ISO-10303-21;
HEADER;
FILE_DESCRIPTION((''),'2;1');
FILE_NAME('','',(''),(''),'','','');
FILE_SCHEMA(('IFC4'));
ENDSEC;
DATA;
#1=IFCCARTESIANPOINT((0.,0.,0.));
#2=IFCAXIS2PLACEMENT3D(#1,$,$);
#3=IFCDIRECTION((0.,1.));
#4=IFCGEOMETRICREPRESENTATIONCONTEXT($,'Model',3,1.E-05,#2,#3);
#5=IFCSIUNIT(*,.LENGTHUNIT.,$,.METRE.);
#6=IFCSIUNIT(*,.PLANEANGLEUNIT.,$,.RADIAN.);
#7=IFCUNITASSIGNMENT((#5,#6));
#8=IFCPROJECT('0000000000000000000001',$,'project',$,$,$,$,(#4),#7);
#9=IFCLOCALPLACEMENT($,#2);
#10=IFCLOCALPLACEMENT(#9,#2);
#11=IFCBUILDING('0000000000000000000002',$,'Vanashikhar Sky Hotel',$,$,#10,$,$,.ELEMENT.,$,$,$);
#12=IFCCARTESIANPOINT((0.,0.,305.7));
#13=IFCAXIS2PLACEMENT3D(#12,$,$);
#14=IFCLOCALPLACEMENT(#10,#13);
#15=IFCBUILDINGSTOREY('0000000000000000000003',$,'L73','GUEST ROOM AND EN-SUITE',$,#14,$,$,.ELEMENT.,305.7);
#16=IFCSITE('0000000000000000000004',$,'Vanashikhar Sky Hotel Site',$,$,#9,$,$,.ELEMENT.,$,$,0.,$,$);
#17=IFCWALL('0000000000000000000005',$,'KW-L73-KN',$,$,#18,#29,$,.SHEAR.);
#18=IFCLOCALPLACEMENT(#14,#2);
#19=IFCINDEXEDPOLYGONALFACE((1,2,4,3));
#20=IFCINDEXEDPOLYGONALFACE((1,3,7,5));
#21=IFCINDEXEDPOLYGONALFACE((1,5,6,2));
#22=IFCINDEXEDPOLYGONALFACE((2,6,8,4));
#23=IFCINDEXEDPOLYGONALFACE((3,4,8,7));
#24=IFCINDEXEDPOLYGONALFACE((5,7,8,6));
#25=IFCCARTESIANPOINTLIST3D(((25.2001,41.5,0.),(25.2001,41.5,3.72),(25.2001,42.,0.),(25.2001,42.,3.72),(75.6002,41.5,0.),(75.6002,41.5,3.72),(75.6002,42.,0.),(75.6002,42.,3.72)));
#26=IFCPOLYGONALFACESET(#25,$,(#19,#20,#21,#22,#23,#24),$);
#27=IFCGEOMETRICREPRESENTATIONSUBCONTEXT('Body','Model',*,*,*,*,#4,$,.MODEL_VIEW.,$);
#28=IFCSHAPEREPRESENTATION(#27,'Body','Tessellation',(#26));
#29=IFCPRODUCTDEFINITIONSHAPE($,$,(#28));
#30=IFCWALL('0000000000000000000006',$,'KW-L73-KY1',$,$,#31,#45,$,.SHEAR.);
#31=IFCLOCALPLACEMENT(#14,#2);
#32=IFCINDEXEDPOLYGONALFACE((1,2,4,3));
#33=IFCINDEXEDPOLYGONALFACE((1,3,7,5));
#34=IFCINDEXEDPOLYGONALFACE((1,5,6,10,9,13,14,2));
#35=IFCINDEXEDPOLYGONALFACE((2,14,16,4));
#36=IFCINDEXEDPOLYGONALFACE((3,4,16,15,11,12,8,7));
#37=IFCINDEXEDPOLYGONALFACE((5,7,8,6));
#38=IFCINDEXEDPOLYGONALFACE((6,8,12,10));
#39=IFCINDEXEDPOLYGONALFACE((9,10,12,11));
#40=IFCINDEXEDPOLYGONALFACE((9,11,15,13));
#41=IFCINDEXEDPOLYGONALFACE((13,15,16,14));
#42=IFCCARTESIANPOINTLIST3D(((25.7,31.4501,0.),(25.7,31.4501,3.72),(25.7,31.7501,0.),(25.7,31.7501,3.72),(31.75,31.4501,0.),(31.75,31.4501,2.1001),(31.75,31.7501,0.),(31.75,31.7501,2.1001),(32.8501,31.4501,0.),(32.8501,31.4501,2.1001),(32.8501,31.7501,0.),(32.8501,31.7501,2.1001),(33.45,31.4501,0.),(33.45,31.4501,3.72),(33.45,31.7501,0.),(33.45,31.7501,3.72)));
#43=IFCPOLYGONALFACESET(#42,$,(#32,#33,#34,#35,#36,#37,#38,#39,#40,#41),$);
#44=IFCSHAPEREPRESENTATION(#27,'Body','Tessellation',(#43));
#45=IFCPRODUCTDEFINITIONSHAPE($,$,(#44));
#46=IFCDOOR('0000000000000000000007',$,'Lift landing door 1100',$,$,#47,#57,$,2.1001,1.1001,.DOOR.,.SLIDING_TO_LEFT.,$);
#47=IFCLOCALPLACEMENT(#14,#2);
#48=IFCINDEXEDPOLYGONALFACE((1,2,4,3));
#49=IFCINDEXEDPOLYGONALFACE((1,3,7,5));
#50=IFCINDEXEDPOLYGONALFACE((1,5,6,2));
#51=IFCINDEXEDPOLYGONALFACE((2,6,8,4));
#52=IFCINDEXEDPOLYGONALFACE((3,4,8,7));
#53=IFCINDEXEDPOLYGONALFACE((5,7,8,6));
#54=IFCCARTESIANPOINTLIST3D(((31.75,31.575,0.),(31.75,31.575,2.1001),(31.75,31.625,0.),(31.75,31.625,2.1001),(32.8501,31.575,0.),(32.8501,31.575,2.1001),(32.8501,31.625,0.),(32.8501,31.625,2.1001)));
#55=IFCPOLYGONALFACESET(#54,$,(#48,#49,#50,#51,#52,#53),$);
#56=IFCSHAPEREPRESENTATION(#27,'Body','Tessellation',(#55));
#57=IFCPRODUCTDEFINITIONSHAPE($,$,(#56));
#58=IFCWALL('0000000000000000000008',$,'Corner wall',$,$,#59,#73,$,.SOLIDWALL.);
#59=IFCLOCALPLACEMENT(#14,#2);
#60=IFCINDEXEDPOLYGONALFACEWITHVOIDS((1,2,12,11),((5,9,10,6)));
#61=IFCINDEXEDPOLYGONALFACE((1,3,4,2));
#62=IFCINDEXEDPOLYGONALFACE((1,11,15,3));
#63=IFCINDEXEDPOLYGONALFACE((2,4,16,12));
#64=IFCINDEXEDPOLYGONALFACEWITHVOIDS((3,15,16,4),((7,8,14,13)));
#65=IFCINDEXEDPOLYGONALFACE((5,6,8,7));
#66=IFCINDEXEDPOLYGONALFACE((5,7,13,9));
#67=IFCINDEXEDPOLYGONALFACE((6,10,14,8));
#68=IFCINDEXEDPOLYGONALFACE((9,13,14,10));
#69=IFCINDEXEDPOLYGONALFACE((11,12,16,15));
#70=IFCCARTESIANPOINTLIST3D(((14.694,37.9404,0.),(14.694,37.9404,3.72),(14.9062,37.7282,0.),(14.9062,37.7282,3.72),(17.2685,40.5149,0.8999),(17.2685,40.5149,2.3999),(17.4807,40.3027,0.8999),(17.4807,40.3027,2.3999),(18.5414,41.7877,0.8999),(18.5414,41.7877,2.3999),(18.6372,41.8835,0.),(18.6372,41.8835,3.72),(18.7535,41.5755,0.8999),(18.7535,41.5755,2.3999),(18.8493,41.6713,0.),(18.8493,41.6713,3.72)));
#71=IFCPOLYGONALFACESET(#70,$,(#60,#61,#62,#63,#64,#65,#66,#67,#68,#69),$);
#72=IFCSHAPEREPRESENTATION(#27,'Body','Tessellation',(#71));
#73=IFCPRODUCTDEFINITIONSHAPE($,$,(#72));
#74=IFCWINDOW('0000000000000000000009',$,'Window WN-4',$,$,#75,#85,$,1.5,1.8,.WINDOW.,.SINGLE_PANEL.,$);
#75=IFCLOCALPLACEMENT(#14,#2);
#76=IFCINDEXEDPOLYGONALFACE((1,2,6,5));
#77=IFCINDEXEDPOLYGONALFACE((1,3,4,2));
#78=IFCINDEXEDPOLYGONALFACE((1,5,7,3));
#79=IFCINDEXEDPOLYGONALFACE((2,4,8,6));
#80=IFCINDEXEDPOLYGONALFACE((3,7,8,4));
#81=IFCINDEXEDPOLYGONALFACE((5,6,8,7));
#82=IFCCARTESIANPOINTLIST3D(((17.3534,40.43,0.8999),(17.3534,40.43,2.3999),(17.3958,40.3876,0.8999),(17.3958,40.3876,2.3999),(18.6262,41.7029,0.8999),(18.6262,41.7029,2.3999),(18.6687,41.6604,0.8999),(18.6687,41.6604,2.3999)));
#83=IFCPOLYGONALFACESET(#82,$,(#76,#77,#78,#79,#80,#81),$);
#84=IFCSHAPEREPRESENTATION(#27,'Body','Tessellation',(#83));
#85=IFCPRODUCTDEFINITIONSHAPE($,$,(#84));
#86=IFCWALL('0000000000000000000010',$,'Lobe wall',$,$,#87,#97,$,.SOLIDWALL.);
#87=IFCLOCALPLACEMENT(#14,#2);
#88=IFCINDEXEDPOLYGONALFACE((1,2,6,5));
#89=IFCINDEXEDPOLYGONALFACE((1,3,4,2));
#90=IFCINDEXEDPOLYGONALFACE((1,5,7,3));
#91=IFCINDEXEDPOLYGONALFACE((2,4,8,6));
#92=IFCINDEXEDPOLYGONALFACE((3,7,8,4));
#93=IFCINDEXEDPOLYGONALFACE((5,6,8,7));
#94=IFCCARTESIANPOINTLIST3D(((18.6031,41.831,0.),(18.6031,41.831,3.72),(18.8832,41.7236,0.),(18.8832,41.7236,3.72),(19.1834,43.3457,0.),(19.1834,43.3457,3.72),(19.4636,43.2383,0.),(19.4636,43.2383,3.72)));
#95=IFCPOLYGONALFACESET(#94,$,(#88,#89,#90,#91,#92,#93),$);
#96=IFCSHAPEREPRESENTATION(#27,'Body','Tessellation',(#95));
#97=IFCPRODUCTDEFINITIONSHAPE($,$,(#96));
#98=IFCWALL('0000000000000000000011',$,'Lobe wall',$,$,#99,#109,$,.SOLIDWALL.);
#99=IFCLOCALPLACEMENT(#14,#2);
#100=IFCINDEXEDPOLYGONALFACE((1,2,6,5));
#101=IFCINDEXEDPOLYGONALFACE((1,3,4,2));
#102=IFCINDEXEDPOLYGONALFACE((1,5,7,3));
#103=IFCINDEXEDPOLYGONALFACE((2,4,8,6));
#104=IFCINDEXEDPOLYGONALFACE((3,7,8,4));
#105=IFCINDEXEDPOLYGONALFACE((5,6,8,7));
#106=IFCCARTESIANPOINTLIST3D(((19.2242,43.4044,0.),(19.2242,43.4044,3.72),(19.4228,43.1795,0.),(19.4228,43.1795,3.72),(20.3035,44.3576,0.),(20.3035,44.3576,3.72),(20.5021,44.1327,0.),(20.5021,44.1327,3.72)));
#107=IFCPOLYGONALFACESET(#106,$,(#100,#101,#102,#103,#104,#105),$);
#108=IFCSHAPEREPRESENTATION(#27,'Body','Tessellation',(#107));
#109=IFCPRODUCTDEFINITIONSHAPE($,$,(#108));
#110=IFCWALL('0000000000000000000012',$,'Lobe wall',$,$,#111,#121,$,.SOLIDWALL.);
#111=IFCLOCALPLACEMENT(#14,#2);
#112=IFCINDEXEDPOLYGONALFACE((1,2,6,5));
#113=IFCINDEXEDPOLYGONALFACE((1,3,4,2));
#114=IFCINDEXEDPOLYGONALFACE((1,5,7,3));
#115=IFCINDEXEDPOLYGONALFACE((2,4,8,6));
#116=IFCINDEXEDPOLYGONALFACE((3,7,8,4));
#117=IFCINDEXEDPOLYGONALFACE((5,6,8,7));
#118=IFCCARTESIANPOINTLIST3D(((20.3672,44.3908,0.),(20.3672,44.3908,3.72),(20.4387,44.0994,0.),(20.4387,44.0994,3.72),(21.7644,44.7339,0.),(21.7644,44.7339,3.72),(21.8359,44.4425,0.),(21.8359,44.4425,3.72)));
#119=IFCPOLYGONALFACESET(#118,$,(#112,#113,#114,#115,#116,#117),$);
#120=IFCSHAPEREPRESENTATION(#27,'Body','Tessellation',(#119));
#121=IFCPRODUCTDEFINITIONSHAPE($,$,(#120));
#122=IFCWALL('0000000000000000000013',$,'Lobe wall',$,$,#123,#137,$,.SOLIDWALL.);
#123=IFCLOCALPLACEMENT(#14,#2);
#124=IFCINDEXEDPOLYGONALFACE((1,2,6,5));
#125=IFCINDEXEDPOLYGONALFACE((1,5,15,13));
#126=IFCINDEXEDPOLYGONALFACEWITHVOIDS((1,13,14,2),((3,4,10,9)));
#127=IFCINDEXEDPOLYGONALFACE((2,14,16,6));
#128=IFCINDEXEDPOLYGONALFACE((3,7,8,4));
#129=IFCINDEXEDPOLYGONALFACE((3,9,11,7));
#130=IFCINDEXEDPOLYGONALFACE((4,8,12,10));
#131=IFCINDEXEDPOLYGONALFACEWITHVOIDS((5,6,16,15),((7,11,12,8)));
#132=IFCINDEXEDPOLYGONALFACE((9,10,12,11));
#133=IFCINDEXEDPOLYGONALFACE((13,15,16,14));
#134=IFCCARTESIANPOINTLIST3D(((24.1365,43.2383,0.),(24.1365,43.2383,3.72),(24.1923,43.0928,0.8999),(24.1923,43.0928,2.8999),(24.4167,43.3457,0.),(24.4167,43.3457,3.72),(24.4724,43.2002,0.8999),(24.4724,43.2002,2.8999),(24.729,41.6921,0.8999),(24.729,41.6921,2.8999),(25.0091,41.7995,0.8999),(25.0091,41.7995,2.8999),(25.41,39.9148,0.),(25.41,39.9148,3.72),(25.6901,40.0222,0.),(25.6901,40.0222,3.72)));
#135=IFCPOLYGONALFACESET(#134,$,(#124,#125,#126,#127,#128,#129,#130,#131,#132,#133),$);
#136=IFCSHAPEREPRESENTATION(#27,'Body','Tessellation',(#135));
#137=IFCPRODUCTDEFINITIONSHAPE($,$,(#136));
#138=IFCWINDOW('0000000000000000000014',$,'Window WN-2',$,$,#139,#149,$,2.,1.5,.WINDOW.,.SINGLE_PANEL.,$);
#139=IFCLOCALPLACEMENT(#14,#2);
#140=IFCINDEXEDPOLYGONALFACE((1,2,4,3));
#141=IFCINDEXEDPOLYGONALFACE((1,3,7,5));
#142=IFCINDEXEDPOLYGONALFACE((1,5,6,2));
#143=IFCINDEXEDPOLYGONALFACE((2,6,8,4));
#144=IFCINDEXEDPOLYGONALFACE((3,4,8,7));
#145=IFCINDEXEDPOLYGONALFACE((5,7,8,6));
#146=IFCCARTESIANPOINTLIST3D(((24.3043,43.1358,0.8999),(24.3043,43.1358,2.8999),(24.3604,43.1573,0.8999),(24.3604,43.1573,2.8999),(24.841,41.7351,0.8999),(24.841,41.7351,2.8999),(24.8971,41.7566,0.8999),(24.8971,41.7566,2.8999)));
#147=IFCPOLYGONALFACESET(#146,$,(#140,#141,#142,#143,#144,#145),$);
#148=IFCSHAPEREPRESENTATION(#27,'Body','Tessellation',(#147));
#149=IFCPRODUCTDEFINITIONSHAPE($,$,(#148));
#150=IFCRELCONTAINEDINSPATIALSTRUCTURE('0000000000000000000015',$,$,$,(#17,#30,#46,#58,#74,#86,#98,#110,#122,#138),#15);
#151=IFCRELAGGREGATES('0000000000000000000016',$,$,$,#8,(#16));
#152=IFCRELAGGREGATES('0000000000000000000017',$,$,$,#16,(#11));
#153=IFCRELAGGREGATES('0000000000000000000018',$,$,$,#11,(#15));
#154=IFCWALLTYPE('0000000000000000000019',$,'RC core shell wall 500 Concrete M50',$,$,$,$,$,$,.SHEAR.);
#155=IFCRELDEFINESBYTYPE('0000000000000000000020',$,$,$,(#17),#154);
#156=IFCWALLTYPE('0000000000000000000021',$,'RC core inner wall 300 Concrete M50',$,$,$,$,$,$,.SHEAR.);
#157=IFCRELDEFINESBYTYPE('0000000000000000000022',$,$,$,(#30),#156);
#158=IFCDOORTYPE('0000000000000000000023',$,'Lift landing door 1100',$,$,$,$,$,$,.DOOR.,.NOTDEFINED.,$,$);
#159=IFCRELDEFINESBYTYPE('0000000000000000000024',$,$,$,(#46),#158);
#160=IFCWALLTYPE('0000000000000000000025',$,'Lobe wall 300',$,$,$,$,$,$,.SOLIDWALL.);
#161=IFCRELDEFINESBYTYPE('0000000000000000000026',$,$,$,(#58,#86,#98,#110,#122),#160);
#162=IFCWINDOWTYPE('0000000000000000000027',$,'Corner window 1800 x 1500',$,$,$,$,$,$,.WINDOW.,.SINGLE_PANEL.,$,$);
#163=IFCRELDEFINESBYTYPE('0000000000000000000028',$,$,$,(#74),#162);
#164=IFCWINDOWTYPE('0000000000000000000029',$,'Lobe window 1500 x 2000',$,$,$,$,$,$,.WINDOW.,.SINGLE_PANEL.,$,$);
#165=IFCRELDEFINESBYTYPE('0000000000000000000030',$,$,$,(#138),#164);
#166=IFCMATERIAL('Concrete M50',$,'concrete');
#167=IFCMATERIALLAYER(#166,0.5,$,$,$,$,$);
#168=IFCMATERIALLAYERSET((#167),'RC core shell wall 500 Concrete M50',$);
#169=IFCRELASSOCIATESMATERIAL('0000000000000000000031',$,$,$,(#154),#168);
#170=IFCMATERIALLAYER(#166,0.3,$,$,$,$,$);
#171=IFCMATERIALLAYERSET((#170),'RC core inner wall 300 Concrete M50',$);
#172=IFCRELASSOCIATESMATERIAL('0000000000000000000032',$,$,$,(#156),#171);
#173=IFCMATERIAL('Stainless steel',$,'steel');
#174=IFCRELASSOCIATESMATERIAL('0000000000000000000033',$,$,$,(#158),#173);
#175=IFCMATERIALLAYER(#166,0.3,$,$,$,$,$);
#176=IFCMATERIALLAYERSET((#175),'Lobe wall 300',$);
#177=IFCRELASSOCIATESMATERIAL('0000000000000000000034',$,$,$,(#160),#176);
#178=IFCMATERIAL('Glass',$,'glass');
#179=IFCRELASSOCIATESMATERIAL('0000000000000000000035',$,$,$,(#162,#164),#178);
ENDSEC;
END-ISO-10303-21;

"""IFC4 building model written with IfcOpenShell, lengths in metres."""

from ifc_helpers import new_model, si_unit, direction, frame, frame_2d, origin, place, context, subcontext, project, spatial, rectangle, extrude, source, transform, mapped, material, layer, layer_set, type_object, element, fill, save


model = new_model("IFC4")

# Units and contexts
model_context = context("Model", 3, precision=1e-05, world=origin(), true_north=direction((0.0, 1.0)))
body_context = subcontext(model_context, "Body", "Model", "MODEL_VIEW")
ifc_project = project(units=[si_unit("LENGTHUNIT", "METRE"), si_unit("PLANEANGLEUNIT", "RADIAN")], contexts=[model_context])

# Site, building, storey
site_placement = place(None, origin())
site = spatial("IfcSite", under=ifc_project, at=site_placement, Name="Vanashikhar Sky Hotel Site", CompositionType="ELEMENT", RefElevation=0.0)
building_placement = place(site_placement, origin())
building = spatial("IfcBuilding", under=site, at=building_placement, Name="Vanashikhar Sky Hotel", CompositionType="ELEMENT")
storey_placement = place(building_placement, frame((0.0, 0.0, 305.7)))
storey = spatial("IfcBuildingStorey", under=building, at=storey_placement, Name="L73", Description="GUEST ROOM AND EN-SUITE", CompositionType="ELEMENT", Elevation=305.7)

# Wall
ifc_material_1 = material(Name="Concrete M50", Category="concrete")
ifc_layer_1 = layer(ifc_material_1, 0.5)
ifc_layer_set_1 = layer_set([ifc_layer_1], Name="RC core shell wall 500 Concrete M50")
wall_type_1 = type_object("IfcWallType", Name="RC core shell wall 500 Concrete M50", PredefinedType="SHEAR", material=ifc_layer_set_1)
shared_shape_1 = source(origin(), body_context, "Body", "SweptSolid", [
    extrude(rectangle(XDim=50.4001, YDim=0.5, at=frame_2d((25.2002, 0.0))), origin(), (0.0, 0.0, 1.0), 3.72),
])
wall_1_placement = place(storey_placement, frame((25.2, 41.75, 0.0), z_axis=(0.0, 0.0, 1.0), x_axis=(1.0, 0.0, 0.0)))
element("IfcWall", 1, at=wall_1_placement, inside=storey, type_object=wall_type_1, Name="KW-L73-KN", PredefinedType="SHEAR", context=body_context, shape_type="MappedRepresentation", body=[
    mapped(shared_shape_1, transform((0.0, 0.0, 0.0), scale=1.0)),
])

# Wall, opening, door
ifc_layer_2 = layer(ifc_material_1, 0.3)
ifc_layer_set_2 = layer_set([ifc_layer_2], Name="RC core inner wall 300 Concrete M50")
wall_type_2 = type_object("IfcWallType", Name="RC core inner wall 300 Concrete M50", PredefinedType="SHEAR", material=ifc_layer_set_2)
shared_shape_2 = source(origin(), body_context, "Body", "SweptSolid", [
    extrude(rectangle(XDim=7.75, YDim=0.3, at=frame_2d((3.875, 0.0))), origin(), (0.0, 0.0, 1.0), 3.72),
])
wall_2_placement = place(storey_placement, frame((25.7, 31.6001, 0.0), z_axis=(0.0, 0.0, 1.0), x_axis=(1.0, 0.0, 0.0)))
wall_2 = element("IfcWall", 2, at=wall_2_placement, inside=storey, type_object=wall_type_2, Name="KW-L73-KY1", PredefinedType="SHEAR", context=body_context, shape_type="MappedRepresentation", body=[
    mapped(shared_shape_2, transform((0.0, 0.0, 0.0), scale=1.0)),
])
shared_shape_3 = source(origin(), body_context, "Body", "SweptSolid", [
    extrude(rectangle(XDim=1.1001, YDim=2.1001, at=frame_2d((0.55, 1.05))), frame((0.0, 0.1602, 0.0), z_axis=(0.0, -1.0, 0.0), x_axis=(1.0, 0.0, 0.0)), (0.0, 0.0, 1.0), 0.3201),
])
opening_1_placement = place(wall_2_placement, frame((6.05, 0.0, 0.0)))
opening_1 = element("IfcOpeningElement", 3, at=opening_1_placement, cuts=wall_2, PredefinedType="OPENING", context=body_context, shape_type="MappedRepresentation", body=[
    mapped(shared_shape_3, transform((0.0, 0.0, 0.0), scale=1.0)),
])
ifc_material_2 = material(Name="Stainless steel", Category="steel")
door_type = type_object("IfcDoorType", Name="Lift landing door 1100", OperationType="NOTDEFINED", PredefinedType="DOOR", material=ifc_material_2)
shared_shape_4 = source(origin(), body_context, "Body", "SweptSolid", [
    extrude(rectangle(XDim=1.1001, YDim=2.1001, at=frame_2d((0.55, 1.05))), frame((0.0, 0.0249, 0.0), z_axis=(0.0, -1.0, 0.0), x_axis=(1.0, 0.0, 0.0)), (0.0, 0.0, 1.0), 0.05),
])
door_placement = place(opening_1_placement, origin())
door = element("IfcDoor", 4, at=door_placement, inside=storey, type_object=door_type, Name="Lift landing door 1100", OperationType="SLIDING_TO_LEFT", OverallHeight=2.1001, OverallWidth=1.1001, PredefinedType="DOOR", context=body_context, shape_type="MappedRepresentation", body=[
    mapped(shared_shape_4, transform((0.0, 0.0, 0.0), scale=1.0)),
])
fill(opening_1, door)

# Wall, opening, window
ifc_layer_3 = layer(ifc_material_1, 0.3)
ifc_layer_set_3 = layer_set([ifc_layer_3], Name="Lobe wall 300")
wall_type_3 = type_object("IfcWallType", Name="Lobe wall 300", PredefinedType="SOLIDWALL", material=ifc_layer_set_3)
shared_shape_5 = source(origin(), body_context, "Body", "SweptSolid", [
    extrude(rectangle(XDim=5.5764, YDim=0.3, at=frame_2d((2.7881, 0.0))), origin(), (0.0, 0.0, 1.0), 3.72),
])
wall_3_placement = place(storey_placement, frame((18.7432, 41.7773, 0.0), z_axis=(0.0, 0.0, 1.0), x_axis=(-0.707107, -0.707107, 0.0)))
wall_3 = element("IfcWall", 5, at=wall_3_placement, inside=storey, type_object=wall_type_3, Name="Corner wall", PredefinedType="SOLIDWALL", context=body_context, shape_type="MappedRepresentation", body=[
    mapped(shared_shape_5, transform((0.0, 0.0, 0.0), scale=1.0)),
])
shared_shape_6 = source(origin(), body_context, "Body", "SweptSolid", [
    extrude(rectangle(XDim=1.8, YDim=1.5, at=frame_2d((0.8999, 0.75))), frame((0.0, 0.1602, 0.0), z_axis=(0.0, -1.0, 0.0), x_axis=(1.0, 0.0, 0.0)), (0.0, 0.0, 1.0), 0.3201),
])
opening_2_placement = place(wall_3_placement, frame((0.1355, 0.0, 0.8999)))
opening_2 = element("IfcOpeningElement", 6, at=opening_2_placement, cuts=wall_3, PredefinedType="OPENING", context=body_context, shape_type="MappedRepresentation", body=[
    mapped(shared_shape_6, transform((0.0, 0.0, 0.0), scale=1.0)),
])
ifc_material_3 = material(Name="Glass", Category="glass")
window_type_1 = type_object("IfcWindowType", Name="Corner window 1800 x 1500", PartitioningType="SINGLE_PANEL", PredefinedType="WINDOW", material=ifc_material_3)
shared_shape_7 = source(origin(), body_context, "Body", "SweptSolid", [
    extrude(rectangle(XDim=1.8, YDim=1.5, at=frame_2d((0.8999, 0.75))), frame((0.0, 0.03, 0.0), z_axis=(0.0, -1.0, 0.0), x_axis=(1.0, 0.0, 0.0)), (0.0, 0.0, 1.0), 0.0601),
])
window_1_placement = place(opening_2_placement, origin())
window_1 = element("IfcWindow", 7, at=window_1_placement, inside=storey, type_object=window_type_1, Name="Window WN-4", OverallHeight=1.5, OverallWidth=1.8, PartitioningType="SINGLE_PANEL", PredefinedType="WINDOW", context=body_context, shape_type="MappedRepresentation", body=[
    mapped(shared_shape_7, transform((0.0, 0.0, 0.0), scale=1.0)),
])
fill(opening_2, window_1)

# Walls
shared_shape_8 = source(origin(), body_context, "Body", "SweptSolid", [
    extrude(rectangle(XDim=1.6221, YDim=0.3, at=frame_2d((0.811, 0.0))), origin(), (0.0, 0.0, 1.0), 3.72),
])
wall_4_placement = place(storey_placement, frame((19.3235, 43.292, 0.0), z_axis=(0.0, 0.0, 1.0), x_axis=(-0.357779, -0.933806, 0.0)))
element("IfcWall", 8, at=wall_4_placement, inside=storey, type_object=wall_type_3, Name="Lobe wall", PredefinedType="SOLIDWALL", context=body_context, shape_type="MappedRepresentation", body=[
    mapped(shared_shape_8, transform((0.0, 0.0, 0.0), scale=1.0)),
])
shared_shape_9 = source(origin(), body_context, "Body", "SweptSolid", [
    extrude(rectangle(XDim=1.4399, YDim=0.3, at=frame_2d((0.72, 0.0))), origin(), (0.0, 0.0, 1.0), 3.72),
])
wall_5_placement = place(storey_placement, frame((20.4028, 44.2451, 0.0), z_axis=(0.0, 0.0, 1.0), x_axis=(-0.749576, -0.661919, 0.0)))
element("IfcWall", 9, at=wall_5_placement, inside=storey, type_object=wall_type_3, Name="Lobe wall", PredefinedType="SOLIDWALL", context=body_context, shape_type="MappedRepresentation", body=[
    mapped(shared_shape_9, transform((0.0, 0.0, 0.0), scale=1.0)),
])
shared_shape_10 = source(origin(), body_context, "Body", "SweptSolid", [
    extrude(rectangle(XDim=1.4387, YDim=0.3, at=frame_2d((0.7192, 0.0))), origin(), (0.0, 0.0, 1.0), 3.72),
])
wall_6_placement = place(storey_placement, frame((21.8, 44.5881, 0.0), z_axis=(0.0, 0.0, 1.0), x_axis=(-0.971162, -0.238421, 0.0)))
element("IfcWall", 10, at=wall_6_placement, inside=storey, type_object=wall_type_3, Name="Lobe wall", PredefinedType="SOLIDWALL", context=body_context, shape_type="MappedRepresentation", body=[
    mapped(shared_shape_10, transform((0.0, 0.0, 0.0), scale=1.0)),
])

# Wall, opening, window
shared_shape_11 = source(origin(), body_context, "Body", "SweptSolid", [
    extrude(rectangle(XDim=3.5591, YDim=0.3, at=frame_2d((1.7795, 0.0))), origin(), (0.0, 0.0, 1.0), 3.72),
])
wall_7_placement = place(storey_placement, frame((25.55, 39.9685, 0.0), z_axis=(0.0, 0.0, 1.0), x_axis=(-0.357797, 0.933799, 0.0)))
wall_7 = element("IfcWall", 11, at=wall_7_placement, inside=storey, type_object=wall_type_3, Name="Lobe wall", PredefinedType="SOLIDWALL", context=body_context, shape_type="MappedRepresentation", body=[
    mapped(shared_shape_11, transform((0.0, 0.0, 0.0), scale=1.0)),
])
shared_shape_12 = source(origin(), body_context, "Body", "SweptSolid", [
    extrude(rectangle(XDim=1.5, YDim=2.0, at=frame_2d((0.75, 1.0))), frame((0.0, 0.1602, 0.0), z_axis=(0.0, -1.0, 0.0), x_axis=(1.0, 0.0, 0.0)), (0.0, 0.0, 1.0), 0.3201),
])
opening_3_placement = place(wall_7_placement, frame((1.9033, 0.0, 0.8999)))
opening_3 = element("IfcOpeningElement", 12, at=opening_3_placement, cuts=wall_7, PredefinedType="OPENING", context=body_context, shape_type="MappedRepresentation", body=[
    mapped(shared_shape_12, transform((0.0, 0.0, 0.0), scale=1.0)),
])
window_type_2 = type_object("IfcWindowType", Name="Lobe window 1500 x 2000", PartitioningType="SINGLE_PANEL", PredefinedType="WINDOW", material=ifc_material_3)
shared_shape_13 = source(origin(), body_context, "Body", "SweptSolid", [
    extrude(rectangle(XDim=1.5, YDim=2.0, at=frame_2d((0.75, 1.0))), frame((0.0, 0.03, 0.0), z_axis=(0.0, -1.0, 0.0), x_axis=(1.0, 0.0, 0.0)), (0.0, 0.0, 1.0), 0.0601),
])
window_2_placement = place(opening_3_placement, origin())
window_2 = element("IfcWindow", 13, at=window_2_placement, inside=storey, type_object=window_type_2, Name="Window WN-2", OverallHeight=2.0, OverallWidth=1.5, PartitioningType="SINGLE_PANEL", PredefinedType="WINDOW", context=body_context, shape_type="MappedRepresentation", body=[
    mapped(shared_shape_13, transform((0.0, 0.0, 0.0), scale=1.0)),
])
fill(opening_3, window_2)

save(model, "model.ifc")
